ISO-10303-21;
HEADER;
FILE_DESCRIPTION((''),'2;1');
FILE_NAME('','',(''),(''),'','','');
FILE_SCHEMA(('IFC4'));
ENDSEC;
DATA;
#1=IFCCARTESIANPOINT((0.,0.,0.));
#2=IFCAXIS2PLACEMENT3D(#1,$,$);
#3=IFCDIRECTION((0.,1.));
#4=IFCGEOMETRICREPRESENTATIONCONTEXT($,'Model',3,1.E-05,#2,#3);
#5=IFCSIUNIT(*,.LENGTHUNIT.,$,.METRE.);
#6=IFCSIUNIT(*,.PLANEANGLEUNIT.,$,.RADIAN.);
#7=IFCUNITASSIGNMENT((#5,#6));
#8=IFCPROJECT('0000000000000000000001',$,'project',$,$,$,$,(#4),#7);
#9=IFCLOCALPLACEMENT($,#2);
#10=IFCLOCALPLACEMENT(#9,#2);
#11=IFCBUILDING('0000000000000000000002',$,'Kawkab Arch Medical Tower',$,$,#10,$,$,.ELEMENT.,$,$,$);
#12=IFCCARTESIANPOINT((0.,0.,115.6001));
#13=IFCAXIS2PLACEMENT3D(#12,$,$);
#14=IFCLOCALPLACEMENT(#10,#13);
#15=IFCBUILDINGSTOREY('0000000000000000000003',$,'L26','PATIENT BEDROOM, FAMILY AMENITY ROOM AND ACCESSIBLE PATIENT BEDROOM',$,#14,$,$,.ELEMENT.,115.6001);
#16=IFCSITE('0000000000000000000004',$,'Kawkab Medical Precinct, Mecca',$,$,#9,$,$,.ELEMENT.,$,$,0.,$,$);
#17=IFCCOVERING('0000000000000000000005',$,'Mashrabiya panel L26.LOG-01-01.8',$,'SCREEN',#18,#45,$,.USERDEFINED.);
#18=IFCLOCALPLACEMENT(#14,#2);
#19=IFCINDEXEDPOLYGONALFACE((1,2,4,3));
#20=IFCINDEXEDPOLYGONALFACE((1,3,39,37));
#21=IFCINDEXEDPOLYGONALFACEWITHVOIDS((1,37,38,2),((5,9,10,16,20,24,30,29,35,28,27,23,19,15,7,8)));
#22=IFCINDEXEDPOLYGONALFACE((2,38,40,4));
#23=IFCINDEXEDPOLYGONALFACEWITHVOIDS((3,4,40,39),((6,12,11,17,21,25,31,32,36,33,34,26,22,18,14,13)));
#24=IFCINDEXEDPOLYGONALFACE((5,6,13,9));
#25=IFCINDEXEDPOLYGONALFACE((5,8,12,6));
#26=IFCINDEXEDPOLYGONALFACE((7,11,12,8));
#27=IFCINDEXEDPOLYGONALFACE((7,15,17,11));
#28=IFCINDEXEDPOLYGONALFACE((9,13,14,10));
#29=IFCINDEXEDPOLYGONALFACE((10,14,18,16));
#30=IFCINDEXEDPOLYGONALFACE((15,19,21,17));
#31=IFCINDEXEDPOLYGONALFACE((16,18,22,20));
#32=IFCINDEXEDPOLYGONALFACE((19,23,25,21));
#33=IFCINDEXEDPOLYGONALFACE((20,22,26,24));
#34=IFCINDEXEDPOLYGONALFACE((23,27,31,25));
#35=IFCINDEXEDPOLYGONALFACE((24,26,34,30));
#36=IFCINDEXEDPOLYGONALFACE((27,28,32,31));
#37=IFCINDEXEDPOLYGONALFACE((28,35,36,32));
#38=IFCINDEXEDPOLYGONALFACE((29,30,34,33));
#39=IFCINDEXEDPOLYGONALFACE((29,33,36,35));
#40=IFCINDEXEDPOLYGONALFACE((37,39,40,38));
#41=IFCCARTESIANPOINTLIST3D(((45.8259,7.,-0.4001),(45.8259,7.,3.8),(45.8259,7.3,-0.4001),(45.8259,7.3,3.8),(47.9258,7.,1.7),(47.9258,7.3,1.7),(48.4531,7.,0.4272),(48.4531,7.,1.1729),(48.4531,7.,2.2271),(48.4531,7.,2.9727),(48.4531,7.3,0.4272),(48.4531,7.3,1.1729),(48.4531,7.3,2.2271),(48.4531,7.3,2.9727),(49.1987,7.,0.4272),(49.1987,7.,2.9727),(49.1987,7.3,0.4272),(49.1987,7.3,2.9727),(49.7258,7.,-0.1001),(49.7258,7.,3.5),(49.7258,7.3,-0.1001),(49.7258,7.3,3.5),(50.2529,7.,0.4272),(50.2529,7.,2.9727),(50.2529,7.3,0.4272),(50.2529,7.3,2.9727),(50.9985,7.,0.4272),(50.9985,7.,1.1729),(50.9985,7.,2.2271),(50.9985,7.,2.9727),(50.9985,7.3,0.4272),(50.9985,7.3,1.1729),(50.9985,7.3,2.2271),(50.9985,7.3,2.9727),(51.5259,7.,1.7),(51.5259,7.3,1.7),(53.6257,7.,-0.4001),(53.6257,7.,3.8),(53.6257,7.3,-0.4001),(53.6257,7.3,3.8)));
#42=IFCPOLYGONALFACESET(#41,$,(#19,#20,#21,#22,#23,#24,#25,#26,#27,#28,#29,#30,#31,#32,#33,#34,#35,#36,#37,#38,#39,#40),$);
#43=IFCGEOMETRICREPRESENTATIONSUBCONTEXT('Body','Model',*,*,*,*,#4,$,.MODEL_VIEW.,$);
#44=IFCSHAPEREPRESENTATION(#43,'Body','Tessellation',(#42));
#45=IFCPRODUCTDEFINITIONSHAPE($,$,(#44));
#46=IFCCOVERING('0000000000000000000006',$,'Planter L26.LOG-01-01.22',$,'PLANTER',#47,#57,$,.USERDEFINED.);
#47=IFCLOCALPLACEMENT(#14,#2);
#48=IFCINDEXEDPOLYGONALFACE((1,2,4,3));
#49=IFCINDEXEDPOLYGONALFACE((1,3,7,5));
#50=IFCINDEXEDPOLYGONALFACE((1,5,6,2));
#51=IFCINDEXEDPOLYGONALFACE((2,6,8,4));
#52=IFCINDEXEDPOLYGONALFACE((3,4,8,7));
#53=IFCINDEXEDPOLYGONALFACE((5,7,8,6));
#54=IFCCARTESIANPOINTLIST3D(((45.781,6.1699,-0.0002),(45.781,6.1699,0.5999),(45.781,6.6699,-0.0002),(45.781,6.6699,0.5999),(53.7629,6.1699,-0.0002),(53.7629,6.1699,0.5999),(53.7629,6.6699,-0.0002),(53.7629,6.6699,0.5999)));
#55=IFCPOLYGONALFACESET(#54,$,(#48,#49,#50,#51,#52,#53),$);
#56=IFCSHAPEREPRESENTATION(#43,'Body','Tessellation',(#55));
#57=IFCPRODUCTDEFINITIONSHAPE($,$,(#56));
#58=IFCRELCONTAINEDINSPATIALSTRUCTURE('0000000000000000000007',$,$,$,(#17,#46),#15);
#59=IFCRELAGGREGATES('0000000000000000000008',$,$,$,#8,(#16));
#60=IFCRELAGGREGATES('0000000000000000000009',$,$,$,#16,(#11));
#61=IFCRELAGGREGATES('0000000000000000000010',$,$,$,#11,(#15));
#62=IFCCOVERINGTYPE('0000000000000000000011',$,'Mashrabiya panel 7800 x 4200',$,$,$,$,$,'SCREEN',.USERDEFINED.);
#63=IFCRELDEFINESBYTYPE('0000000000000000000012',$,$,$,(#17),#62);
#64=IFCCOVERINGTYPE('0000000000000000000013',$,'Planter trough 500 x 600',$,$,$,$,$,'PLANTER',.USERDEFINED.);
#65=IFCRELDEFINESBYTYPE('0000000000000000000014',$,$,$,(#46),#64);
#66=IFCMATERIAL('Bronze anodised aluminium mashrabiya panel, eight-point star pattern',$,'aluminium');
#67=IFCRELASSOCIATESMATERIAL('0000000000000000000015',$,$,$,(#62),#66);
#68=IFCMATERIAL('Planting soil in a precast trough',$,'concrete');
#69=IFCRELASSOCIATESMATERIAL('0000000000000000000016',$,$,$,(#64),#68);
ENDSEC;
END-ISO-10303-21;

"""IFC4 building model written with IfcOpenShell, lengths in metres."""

from ifc_helpers import new_model, si_unit, direction, frame, origin, origin_2d, place, context, subcontext, project, spatial, polyline, rectangle, outline, extrude, material, material_profile, profile_set, type_object, element, save


model = new_model("IFC4")

# Units and contexts
model_context = context("Model", 3, precision=1e-05, world=origin(), true_north=direction((0.0, 1.0)))
body_context = subcontext(model_context, "Body", "Model", "MODEL_VIEW")
ifc_project = project(units=[si_unit("LENGTHUNIT", "METRE"), si_unit("PLANEANGLEUNIT", "RADIAN")], contexts=[model_context])

# Site, building, storey
site_placement = place(None, origin())
site = spatial("IfcSite", under=ifc_project, at=site_placement, Name="Kawkab Medical Precinct, Mecca", CompositionType="ELEMENT", RefElevation=0.0)
building_placement = place(site_placement, origin())
building = spatial("IfcBuilding", under=site, at=building_placement, Name="Kawkab Arch Medical Tower", CompositionType="ELEMENT")
storey_placement = place(building_placement, frame((0.0, 0.0, 115.6001)))
storey = spatial("IfcBuildingStorey", under=building, at=storey_placement, Name="L26", Description="PATIENT BEDROOM, FAMILY AMENITY ROOM AND ACCESSIBLE PATIENT BEDROOM", CompositionType="ELEMENT", Elevation=115.6001)

# Coverings
ifc_material_1 = material(Name="Bronze anodised aluminium mashrabiya panel, eight-point star pattern", Category="aluminium")
ifc_material_profile_1 = material_profile(ifc_material_1, outline(polyline([(-3.8999, -2.1001), (3.8999, -2.1001), (3.8999, 2.1001), (-3.8999, 2.1001), (-3.8999, -2.1001)]), holes=[polyline([(1.8, 0.0), (1.2727, 0.5271), (1.2727, 1.2727), (0.5271, 1.2727), (0.0, 1.8), (-0.5271, 1.2727), (-1.2727, 1.2727), (-1.2727, 0.5271), (-1.8, 0.0), (-1.2727, -0.5271), (-1.2727, -1.2727), (-0.5271, -1.2727), (0.0, -1.8), (0.5271, -1.2727), (1.2727, -1.2727), (1.2727, -0.5271), (1.8, 0.0)])]), Name="Mashrabiya panel 7800x4200")
ifc_profile_set_1 = profile_set([ifc_material_profile_1], Name="Bronze anodised aluminium mashrabiya panel, eight-point star pattern")
covering_type_1 = type_object("IfcCoveringType", Name="Mashrabiya panel 7800 x 4200", ElementType="SCREEN", PredefinedType="USERDEFINED", material=ifc_profile_set_1)
covering_1_placement = place(storey_placement, frame((49.7258, 7.0, 1.7), z_axis=(0.0, 1.0, 0.0), x_axis=(-1.0, 0.0, 0.0)))
element("IfcCovering", 1, at=covering_1_placement, inside=storey, type_object=covering_type_1, Name="Mashrabiya panel L26.LOG-01-01.8", ObjectType="SCREEN", PredefinedType="USERDEFINED", context=body_context, shape_type="SweptSolid", body=[
    extrude(outline(polyline([(-3.8999, -2.1001), (3.8999, -2.1001), (3.8999, 2.1001), (-3.8999, 2.1001), (-3.8999, -2.1001)]), holes=[polyline([(1.8, 0.0), (1.2727, 0.5271), (1.2727, 1.2727), (0.5271, 1.2727), (0.0, 1.8), (-0.5271, 1.2727), (-1.2727, 1.2727), (-1.2727, 0.5271), (-1.8, 0.0), (-1.2727, -0.5271), (-1.2727, -1.2727), (-0.5271, -1.2727), (0.0, -1.8), (0.5271, -1.2727), (1.2727, -1.2727), (1.2727, -0.5271), (1.8, 0.0)])]), origin(), (0.0, 0.0, 1.0), 0.3),
])
ifc_material_2 = material(Name="Planting soil in a precast trough", Category="concrete")
ifc_material_profile_2 = material_profile(ifc_material_2, rectangle(XDim=0.5, YDim=0.6001, at=origin_2d()), Name="Trough 500x600")
ifc_profile_set_2 = profile_set([ifc_material_profile_2], Name="Planting soil in a precast trough")
covering_type_2 = type_object("IfcCoveringType", Name="Planter trough 500 x 600", ElementType="PLANTER", PredefinedType="USERDEFINED", material=ifc_profile_set_2)
covering_2_placement = place(storey_placement, frame((45.781, 6.4199, 0.2998), z_axis=(1.0, 0.0, 0.0), x_axis=(0.0, 1.0, 0.0)))
element("IfcCovering", 2, at=covering_2_placement, inside=storey, type_object=covering_type_2, Name="Planter L26.LOG-01-01.22", ObjectType="PLANTER", PredefinedType="USERDEFINED", context=body_context, shape_type="SweptSolid", body=[
    extrude(rectangle(XDim=0.5, YDim=0.6001, at=origin_2d()), origin(), (0.0, 0.0, 1.0), 7.9819),
])

save(model, "model.ifc")
